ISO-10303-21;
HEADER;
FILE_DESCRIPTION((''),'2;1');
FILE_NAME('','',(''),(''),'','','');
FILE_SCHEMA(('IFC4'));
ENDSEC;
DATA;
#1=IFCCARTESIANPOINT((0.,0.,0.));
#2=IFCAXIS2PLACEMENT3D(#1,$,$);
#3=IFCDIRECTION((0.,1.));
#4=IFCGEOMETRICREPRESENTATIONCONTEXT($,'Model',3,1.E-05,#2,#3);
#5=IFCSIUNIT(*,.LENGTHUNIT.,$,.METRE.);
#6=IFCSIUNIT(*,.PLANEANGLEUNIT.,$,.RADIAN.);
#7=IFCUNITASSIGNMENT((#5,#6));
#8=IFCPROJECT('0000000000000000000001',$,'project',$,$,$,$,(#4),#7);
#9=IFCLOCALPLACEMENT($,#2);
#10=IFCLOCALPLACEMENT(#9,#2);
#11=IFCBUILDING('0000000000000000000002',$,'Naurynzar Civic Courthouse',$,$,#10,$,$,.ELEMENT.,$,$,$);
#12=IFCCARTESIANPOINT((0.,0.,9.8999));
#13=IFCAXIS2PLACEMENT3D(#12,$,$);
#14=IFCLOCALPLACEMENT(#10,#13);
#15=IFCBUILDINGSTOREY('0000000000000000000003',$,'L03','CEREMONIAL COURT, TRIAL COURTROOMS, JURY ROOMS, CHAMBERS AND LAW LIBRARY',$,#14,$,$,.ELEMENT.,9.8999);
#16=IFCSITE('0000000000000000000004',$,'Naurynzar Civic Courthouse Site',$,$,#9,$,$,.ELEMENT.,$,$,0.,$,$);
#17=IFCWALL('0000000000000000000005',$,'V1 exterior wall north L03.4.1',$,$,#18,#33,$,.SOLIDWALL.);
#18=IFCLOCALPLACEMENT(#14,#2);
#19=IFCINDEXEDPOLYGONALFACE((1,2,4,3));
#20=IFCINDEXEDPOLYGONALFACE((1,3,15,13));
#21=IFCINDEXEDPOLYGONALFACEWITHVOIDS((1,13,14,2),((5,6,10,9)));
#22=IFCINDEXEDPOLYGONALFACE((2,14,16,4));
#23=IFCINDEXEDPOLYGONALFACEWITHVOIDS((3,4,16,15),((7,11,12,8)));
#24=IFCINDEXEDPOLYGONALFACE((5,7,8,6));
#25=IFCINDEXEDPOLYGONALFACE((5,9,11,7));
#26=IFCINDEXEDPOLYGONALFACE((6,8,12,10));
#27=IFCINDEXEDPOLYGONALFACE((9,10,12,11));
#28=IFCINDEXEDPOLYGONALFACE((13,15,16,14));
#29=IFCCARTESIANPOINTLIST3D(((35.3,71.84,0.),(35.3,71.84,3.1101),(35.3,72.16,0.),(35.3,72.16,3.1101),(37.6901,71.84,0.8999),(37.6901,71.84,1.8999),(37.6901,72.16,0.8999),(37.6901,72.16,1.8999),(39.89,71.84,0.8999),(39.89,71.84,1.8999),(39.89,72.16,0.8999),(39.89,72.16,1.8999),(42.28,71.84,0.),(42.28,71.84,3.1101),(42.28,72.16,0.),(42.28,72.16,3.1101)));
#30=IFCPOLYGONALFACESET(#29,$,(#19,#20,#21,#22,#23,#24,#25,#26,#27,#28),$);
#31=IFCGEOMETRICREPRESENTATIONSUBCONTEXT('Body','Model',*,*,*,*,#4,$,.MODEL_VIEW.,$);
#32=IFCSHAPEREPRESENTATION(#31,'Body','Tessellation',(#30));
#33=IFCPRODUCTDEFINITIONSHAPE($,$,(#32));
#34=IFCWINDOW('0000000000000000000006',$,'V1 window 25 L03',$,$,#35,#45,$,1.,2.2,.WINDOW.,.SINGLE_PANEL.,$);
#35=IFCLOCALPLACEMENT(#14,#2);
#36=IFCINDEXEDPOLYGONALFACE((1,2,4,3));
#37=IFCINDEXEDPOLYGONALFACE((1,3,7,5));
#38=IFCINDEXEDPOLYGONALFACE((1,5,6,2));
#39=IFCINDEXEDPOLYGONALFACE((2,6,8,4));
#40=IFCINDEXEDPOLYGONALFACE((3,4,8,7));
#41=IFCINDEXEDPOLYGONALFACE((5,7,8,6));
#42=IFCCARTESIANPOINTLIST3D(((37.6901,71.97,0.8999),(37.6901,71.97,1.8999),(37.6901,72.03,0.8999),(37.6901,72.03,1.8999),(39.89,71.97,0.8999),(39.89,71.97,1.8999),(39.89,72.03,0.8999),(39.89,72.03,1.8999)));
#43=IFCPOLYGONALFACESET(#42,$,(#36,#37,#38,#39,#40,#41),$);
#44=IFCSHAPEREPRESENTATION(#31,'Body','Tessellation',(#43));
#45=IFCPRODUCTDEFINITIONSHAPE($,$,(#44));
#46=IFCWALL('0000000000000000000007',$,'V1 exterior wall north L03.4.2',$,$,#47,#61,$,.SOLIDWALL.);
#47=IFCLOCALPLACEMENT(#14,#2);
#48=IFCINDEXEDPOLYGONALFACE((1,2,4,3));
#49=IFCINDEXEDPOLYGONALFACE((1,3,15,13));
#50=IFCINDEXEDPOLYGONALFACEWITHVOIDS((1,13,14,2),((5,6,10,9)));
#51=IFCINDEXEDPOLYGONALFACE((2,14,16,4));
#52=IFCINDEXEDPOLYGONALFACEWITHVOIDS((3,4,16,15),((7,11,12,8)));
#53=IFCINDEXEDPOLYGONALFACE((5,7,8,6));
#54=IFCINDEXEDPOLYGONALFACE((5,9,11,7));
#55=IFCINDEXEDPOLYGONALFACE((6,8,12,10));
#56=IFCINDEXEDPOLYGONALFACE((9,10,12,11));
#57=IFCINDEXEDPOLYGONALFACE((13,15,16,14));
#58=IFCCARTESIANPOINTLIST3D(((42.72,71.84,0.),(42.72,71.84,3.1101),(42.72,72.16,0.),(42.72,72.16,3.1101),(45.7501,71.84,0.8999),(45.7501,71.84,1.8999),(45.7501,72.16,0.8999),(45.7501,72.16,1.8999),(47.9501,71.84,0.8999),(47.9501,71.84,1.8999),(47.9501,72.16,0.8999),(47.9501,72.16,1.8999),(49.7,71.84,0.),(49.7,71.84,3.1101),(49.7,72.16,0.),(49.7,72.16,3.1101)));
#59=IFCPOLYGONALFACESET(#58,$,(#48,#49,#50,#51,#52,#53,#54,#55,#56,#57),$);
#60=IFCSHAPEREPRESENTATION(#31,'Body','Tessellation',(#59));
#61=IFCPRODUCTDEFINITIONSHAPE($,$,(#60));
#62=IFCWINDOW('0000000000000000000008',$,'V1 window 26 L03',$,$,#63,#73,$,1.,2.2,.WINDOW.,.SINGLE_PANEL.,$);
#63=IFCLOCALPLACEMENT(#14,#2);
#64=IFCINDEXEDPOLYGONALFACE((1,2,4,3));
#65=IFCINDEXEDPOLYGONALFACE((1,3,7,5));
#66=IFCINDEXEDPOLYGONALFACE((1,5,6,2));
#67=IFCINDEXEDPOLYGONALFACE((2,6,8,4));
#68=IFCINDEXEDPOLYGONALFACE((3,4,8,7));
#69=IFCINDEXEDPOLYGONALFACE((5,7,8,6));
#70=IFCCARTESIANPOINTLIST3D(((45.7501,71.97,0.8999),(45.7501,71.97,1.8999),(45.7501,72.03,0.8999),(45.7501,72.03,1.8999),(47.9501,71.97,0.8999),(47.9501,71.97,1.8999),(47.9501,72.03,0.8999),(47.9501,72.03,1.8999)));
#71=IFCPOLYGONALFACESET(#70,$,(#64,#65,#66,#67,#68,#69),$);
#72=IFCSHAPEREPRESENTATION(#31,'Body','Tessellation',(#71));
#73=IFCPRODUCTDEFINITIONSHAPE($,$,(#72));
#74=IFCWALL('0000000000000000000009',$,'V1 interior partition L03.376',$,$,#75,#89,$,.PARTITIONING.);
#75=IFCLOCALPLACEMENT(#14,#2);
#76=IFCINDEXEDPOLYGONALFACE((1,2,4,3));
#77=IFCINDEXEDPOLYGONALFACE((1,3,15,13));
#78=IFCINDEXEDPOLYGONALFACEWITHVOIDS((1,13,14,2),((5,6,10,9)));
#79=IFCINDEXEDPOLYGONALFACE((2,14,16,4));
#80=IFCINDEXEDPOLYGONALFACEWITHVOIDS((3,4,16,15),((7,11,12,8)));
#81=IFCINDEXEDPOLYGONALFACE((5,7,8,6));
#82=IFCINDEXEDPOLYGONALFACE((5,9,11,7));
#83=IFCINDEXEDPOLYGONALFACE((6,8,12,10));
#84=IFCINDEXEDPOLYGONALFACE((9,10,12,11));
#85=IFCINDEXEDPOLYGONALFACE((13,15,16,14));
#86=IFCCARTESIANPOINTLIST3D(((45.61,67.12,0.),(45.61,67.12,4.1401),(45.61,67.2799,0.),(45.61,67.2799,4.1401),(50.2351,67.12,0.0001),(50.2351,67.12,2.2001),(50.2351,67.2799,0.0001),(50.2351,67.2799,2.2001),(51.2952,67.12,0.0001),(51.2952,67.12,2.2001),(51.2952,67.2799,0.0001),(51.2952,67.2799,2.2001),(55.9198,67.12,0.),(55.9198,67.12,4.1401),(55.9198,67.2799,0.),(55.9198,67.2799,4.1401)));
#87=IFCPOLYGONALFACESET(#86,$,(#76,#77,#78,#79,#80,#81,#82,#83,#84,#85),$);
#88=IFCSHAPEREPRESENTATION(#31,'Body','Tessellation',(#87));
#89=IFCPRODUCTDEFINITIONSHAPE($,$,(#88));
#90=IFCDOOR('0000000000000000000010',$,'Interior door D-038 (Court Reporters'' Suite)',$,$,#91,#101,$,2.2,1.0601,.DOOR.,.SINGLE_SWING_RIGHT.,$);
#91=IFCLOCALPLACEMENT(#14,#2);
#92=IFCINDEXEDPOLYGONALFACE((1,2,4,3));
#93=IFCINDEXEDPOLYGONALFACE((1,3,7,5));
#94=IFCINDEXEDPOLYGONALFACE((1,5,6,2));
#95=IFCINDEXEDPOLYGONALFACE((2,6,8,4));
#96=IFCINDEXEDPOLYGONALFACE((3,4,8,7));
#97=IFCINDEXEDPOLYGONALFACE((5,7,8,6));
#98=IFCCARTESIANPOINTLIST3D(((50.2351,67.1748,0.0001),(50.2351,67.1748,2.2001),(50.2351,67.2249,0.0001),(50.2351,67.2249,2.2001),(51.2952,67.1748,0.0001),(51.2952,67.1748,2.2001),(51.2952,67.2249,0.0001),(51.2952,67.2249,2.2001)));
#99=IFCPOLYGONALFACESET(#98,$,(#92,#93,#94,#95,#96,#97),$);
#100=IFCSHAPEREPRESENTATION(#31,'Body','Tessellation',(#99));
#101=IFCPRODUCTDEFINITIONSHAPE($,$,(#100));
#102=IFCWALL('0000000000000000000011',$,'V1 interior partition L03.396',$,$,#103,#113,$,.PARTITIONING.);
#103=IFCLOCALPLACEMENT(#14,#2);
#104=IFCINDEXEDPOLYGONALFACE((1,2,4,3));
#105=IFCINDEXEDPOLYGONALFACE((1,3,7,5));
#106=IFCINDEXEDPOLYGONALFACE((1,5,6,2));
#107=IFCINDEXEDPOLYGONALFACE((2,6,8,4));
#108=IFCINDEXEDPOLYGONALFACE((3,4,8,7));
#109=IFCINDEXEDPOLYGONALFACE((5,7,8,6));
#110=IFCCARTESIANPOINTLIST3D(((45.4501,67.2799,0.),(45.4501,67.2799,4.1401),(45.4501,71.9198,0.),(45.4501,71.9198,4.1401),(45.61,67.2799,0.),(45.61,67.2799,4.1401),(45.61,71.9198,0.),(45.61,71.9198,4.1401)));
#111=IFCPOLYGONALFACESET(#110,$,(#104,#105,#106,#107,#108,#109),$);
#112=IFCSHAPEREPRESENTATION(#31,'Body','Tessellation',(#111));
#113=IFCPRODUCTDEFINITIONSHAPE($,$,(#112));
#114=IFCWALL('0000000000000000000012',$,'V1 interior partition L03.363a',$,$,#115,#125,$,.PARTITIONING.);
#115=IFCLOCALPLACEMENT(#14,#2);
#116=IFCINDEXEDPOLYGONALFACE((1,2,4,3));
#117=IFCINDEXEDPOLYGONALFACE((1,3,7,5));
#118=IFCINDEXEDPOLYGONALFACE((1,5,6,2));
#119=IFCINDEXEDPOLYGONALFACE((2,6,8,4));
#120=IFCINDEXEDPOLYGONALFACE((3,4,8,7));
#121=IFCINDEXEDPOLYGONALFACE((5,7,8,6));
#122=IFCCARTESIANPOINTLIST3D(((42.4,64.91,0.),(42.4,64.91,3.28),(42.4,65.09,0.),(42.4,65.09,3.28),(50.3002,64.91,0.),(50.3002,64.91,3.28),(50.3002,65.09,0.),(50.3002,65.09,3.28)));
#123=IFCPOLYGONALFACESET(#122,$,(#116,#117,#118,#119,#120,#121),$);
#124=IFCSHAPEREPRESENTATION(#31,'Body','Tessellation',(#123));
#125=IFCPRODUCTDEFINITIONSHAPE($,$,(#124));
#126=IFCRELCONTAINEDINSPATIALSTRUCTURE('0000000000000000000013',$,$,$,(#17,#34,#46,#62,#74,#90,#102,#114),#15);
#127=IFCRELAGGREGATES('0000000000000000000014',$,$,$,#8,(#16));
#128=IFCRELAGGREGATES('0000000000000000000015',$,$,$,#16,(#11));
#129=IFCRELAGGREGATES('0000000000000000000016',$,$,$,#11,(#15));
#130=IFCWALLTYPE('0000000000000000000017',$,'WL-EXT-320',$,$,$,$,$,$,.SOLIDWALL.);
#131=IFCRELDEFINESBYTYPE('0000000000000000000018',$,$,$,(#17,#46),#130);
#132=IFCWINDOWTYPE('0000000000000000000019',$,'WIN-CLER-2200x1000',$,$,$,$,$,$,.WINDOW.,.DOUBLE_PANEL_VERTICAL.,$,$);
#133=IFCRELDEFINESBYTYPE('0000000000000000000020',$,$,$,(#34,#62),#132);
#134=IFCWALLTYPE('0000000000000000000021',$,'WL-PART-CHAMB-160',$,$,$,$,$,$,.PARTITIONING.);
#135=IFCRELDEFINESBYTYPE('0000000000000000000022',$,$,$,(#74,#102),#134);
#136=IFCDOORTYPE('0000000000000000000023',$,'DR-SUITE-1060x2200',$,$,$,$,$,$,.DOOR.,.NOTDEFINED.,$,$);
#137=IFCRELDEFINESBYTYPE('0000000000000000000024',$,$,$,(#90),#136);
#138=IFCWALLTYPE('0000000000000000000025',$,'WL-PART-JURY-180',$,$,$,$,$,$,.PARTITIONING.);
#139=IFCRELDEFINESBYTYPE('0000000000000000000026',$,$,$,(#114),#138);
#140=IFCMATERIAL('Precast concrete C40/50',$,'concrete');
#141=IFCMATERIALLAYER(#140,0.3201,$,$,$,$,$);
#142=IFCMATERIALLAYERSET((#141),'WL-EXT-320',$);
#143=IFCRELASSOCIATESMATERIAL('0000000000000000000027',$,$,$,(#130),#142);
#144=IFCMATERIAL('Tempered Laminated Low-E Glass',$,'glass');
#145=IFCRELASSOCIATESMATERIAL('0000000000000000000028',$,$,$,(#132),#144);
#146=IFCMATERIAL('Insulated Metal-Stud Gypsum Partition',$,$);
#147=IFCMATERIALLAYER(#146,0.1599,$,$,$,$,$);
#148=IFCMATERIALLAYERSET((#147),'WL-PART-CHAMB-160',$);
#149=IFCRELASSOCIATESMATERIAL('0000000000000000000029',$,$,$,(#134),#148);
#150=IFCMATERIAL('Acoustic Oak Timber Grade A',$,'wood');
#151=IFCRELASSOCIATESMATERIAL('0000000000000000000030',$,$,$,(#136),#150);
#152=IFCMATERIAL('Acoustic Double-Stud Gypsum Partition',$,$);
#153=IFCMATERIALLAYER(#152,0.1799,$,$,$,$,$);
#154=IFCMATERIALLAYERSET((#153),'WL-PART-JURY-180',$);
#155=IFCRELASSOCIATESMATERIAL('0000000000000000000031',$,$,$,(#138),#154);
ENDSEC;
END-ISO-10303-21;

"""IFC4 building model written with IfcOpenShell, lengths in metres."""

from ifc_helpers import new_model, si_unit, direction, frame, frame_2d, origin, place, context, subcontext, project, spatial, rectangle, extrude, material, layer, layer_set, type_object, element, fill, save


model = new_model("IFC4")

# Units and contexts
model_context = context("Model", 3, precision=1e-05, world=origin(), true_north=direction((0.0, 1.0)))
body_context = subcontext(model_context, "Body", "Model", "MODEL_VIEW")
ifc_project = project(units=[si_unit("LENGTHUNIT", "METRE"), si_unit("PLANEANGLEUNIT", "RADIAN")], contexts=[model_context])

# Site, building, storey
site_placement = place(None, origin())
site = spatial("IfcSite", under=ifc_project, at=site_placement, Name="Naurynzar Civic Courthouse Site", CompositionType="ELEMENT", RefElevation=0.0)
building_placement = place(site_placement, origin())
building = spatial("IfcBuilding", under=site, at=building_placement, Name="Naurynzar Civic Courthouse", CompositionType="ELEMENT")
storey_placement = place(building_placement, frame((0.0, 0.0, 9.8999)))
storey = spatial("IfcBuildingStorey", under=building, at=storey_placement, Name="L03", Description="CEREMONIAL COURT, TRIAL COURTROOMS, JURY ROOMS, CHAMBERS AND LAW LIBRARY", CompositionType="ELEMENT", Elevation=9.8999)

# Walls, openings, windows
ifc_material_1 = material(Name="Precast concrete C40/50", Category="concrete")
ifc_layer_1 = layer(ifc_material_1, 0.3201)
ifc_layer_set_1 = layer_set([ifc_layer_1], Name="WL-EXT-320")
wall_type_1 = type_object("IfcWallType", Name="WL-EXT-320", PredefinedType="SOLIDWALL", material=ifc_layer_set_1)
wall_1_placement = place(storey_placement, frame((35.3, 72.0, 0.0), z_axis=(0.0, 0.0, 1.0), x_axis=(1.0, 0.0, 0.0)))
wall_1 = element("IfcWall", 1, at=wall_1_placement, inside=storey, type_object=wall_type_1, Name="V1 exterior wall north L03.4.1", PredefinedType="SOLIDWALL", context=body_context, shape_type="SweptSolid", body=[
    extrude(rectangle(XDim=6.98, YDim=0.3201, at=frame_2d((3.49, 0.0))), origin(), (0.0, 0.0, 1.0), 3.1101),
])
opening_1_placement = place(wall_1_placement, frame((2.3899, 0.0, 0.8999)))
opening_1 = element("IfcOpeningElement", 2, at=opening_1_placement, cuts=wall_1, PredefinedType="OPENING", context=body_context, shape_type="SweptSolid", body=[
    extrude(rectangle(XDim=2.2, YDim=1.0, at=frame_2d((1.1001, 0.5))), frame((0.0, 0.1699, 0.0), z_axis=(0.0, -1.0, 0.0), x_axis=(1.0, 0.0, 0.0)), (0.0, 0.0, 1.0), 0.3401),
])
ifc_material_2 = material(Name="Tempered Laminated Low-E Glass", Category="glass")
window_type = type_object("IfcWindowType", Name="WIN-CLER-2200x1000", PartitioningType="DOUBLE_PANEL_VERTICAL", PredefinedType="WINDOW", material=ifc_material_2)
window_1_placement = place(opening_1_placement, origin())
window_1 = element("IfcWindow", 3, at=window_1_placement, inside=storey, type_object=window_type, Name="V1 window 25 L03", OverallHeight=1.0, OverallWidth=2.2, PartitioningType="SINGLE_PANEL", PredefinedType="WINDOW", context=body_context, shape_type="SweptSolid", body=[
    extrude(rectangle(XDim=2.2, YDim=1.0, at=frame_2d((1.1001, 0.5))), frame((0.0, 0.03, 0.0), z_axis=(0.0, -1.0, 0.0), x_axis=(1.0, 0.0, 0.0)), (0.0, 0.0, 1.0), 0.0601),
])
fill(opening_1, window_1)
wall_2_placement = place(storey_placement, frame((42.72, 72.0, 0.0), z_axis=(0.0, 0.0, 1.0), x_axis=(1.0, 0.0, 0.0)))
wall_2 = element("IfcWall", 4, at=wall_2_placement, inside=storey, type_object=wall_type_1, Name="V1 exterior wall north L03.4.2", PredefinedType="SOLIDWALL", context=body_context, shape_type="SweptSolid", body=[
    extrude(rectangle(XDim=6.98, YDim=0.3201, at=frame_2d((3.49, 0.0))), origin(), (0.0, 0.0, 1.0), 3.1101),
])
opening_2_placement = place(wall_2_placement, frame((3.03, 0.0, 0.8999)))
opening_2 = element("IfcOpeningElement", 5, at=opening_2_placement, cuts=wall_2, PredefinedType="OPENING", context=body_context, shape_type="SweptSolid", body=[
    extrude(rectangle(XDim=2.2, YDim=1.0, at=frame_2d((1.1001, 0.5))), frame((0.0, 0.1699, 0.0), z_axis=(0.0, -1.0, 0.0), x_axis=(1.0, 0.0, 0.0)), (0.0, 0.0, 1.0), 0.3401),
])
window_2_placement = place(opening_2_placement, origin())
window_2 = element("IfcWindow", 6, at=window_2_placement, inside=storey, type_object=window_type, Name="V1 window 26 L03", OverallHeight=1.0, OverallWidth=2.2, PartitioningType="SINGLE_PANEL", PredefinedType="WINDOW", context=body_context, shape_type="SweptSolid", body=[
    extrude(rectangle(XDim=2.2, YDim=1.0, at=frame_2d((1.1001, 0.5))), frame((0.0, 0.03, 0.0), z_axis=(0.0, -1.0, 0.0), x_axis=(1.0, 0.0, 0.0)), (0.0, 0.0, 1.0), 0.0601),
])
fill(opening_2, window_2)

# Wall, opening, door
ifc_material_3 = material(Name="Insulated Metal-Stud Gypsum Partition")
ifc_layer_2 = layer(ifc_material_3, 0.1599)
ifc_layer_set_2 = layer_set([ifc_layer_2], Name="WL-PART-CHAMB-160")
wall_type_2 = type_object("IfcWallType", Name="WL-PART-CHAMB-160", PredefinedType="PARTITIONING", material=ifc_layer_set_2)
wall_3_placement = place(storey_placement, frame((45.6101, 67.2, 0.0), z_axis=(0.0, 0.0, 1.0), x_axis=(1.0, 0.0, 0.0)))
wall_3 = element("IfcWall", 7, at=wall_3_placement, inside=storey, type_object=wall_type_2, Name="V1 interior partition L03.376", PredefinedType="PARTITIONING", context=body_context, shape_type="SweptSolid", body=[
    extrude(rectangle(XDim=10.3098, YDim=0.1599, at=frame_2d((5.1548, 0.0))), origin(), (0.0, 0.0, 1.0), 4.1401),
])
opening_3_placement = place(wall_3_placement, frame((4.625, 0.0, 0.0)))
opening_3 = element("IfcOpeningElement", 8, at=opening_3_placement, cuts=wall_3, PredefinedType="OPENING", context=body_context, shape_type="SweptSolid", body=[
    extrude(rectangle(XDim=1.0601, YDim=2.2, at=frame_2d((0.53, 1.1001))), frame((0.0, 0.0898, 0.0), z_axis=(0.0, -1.0, 0.0), x_axis=(1.0, 0.0, 0.0)), (0.0, 0.0, 1.0), 0.1799),
])
ifc_material_4 = material(Name="Acoustic Oak Timber Grade A", Category="wood")
door_type = type_object("IfcDoorType", Name="DR-SUITE-1060x2200", OperationType="NOTDEFINED", PredefinedType="DOOR", material=ifc_material_4)
door_placement = place(opening_3_placement, origin())
door = element("IfcDoor", 9, at=door_placement, inside=storey, type_object=door_type, Name="Interior door D-038 (Court Reporters' Suite)", OperationType="SINGLE_SWING_RIGHT", OverallHeight=2.2, OverallWidth=1.0601, PredefinedType="DOOR", context=body_context, shape_type="SweptSolid", body=[
    extrude(rectangle(XDim=1.0601, YDim=2.2, at=frame_2d((0.53, 1.1001))), frame((0.0, 0.0249, 0.0), z_axis=(0.0, -1.0, 0.0), x_axis=(1.0, 0.0, 0.0)), (0.0, 0.0, 1.0), 0.05),
])
fill(opening_3, door)

# Walls
wall_4_placement = place(storey_placement, frame((45.53, 67.28, 0.0), z_axis=(0.0, 0.0, 1.0), x_axis=(0.0, 1.0, 0.0)))
element("IfcWall", 10, at=wall_4_placement, inside=storey, type_object=wall_type_2, Name="V1 interior partition L03.396", PredefinedType="PARTITIONING", context=body_context, shape_type="SweptSolid", body=[
    extrude(rectangle(XDim=4.6399, YDim=0.1599, at=frame_2d((2.3198, 0.0))), origin(), (0.0, 0.0, 1.0), 4.1401),
])
ifc_material_5 = material(Name="Acoustic Double-Stud Gypsum Partition")
ifc_layer_3 = layer(ifc_material_5, 0.1799)
ifc_layer_set_3 = layer_set([ifc_layer_3], Name="WL-PART-JURY-180")
wall_type_3 = type_object("IfcWallType", Name="WL-PART-JURY-180", PredefinedType="PARTITIONING", material=ifc_layer_set_3)
wall_5_placement = place(storey_placement, frame((42.3999, 65.0, 0.0), z_axis=(0.0, 0.0, 1.0), x_axis=(1.0, 0.0, 0.0)))
element("IfcWall", 11, at=wall_5_placement, inside=storey, type_object=wall_type_3, Name="V1 interior partition L03.363a", PredefinedType="PARTITIONING", context=body_context, shape_type="SweptSolid", body=[
    extrude(rectangle(XDim=7.9001, YDim=0.1799, at=frame_2d((3.9502, 0.0))), origin(), (0.0, 0.0, 1.0), 3.28),
])

save(model, "model.ifc")
